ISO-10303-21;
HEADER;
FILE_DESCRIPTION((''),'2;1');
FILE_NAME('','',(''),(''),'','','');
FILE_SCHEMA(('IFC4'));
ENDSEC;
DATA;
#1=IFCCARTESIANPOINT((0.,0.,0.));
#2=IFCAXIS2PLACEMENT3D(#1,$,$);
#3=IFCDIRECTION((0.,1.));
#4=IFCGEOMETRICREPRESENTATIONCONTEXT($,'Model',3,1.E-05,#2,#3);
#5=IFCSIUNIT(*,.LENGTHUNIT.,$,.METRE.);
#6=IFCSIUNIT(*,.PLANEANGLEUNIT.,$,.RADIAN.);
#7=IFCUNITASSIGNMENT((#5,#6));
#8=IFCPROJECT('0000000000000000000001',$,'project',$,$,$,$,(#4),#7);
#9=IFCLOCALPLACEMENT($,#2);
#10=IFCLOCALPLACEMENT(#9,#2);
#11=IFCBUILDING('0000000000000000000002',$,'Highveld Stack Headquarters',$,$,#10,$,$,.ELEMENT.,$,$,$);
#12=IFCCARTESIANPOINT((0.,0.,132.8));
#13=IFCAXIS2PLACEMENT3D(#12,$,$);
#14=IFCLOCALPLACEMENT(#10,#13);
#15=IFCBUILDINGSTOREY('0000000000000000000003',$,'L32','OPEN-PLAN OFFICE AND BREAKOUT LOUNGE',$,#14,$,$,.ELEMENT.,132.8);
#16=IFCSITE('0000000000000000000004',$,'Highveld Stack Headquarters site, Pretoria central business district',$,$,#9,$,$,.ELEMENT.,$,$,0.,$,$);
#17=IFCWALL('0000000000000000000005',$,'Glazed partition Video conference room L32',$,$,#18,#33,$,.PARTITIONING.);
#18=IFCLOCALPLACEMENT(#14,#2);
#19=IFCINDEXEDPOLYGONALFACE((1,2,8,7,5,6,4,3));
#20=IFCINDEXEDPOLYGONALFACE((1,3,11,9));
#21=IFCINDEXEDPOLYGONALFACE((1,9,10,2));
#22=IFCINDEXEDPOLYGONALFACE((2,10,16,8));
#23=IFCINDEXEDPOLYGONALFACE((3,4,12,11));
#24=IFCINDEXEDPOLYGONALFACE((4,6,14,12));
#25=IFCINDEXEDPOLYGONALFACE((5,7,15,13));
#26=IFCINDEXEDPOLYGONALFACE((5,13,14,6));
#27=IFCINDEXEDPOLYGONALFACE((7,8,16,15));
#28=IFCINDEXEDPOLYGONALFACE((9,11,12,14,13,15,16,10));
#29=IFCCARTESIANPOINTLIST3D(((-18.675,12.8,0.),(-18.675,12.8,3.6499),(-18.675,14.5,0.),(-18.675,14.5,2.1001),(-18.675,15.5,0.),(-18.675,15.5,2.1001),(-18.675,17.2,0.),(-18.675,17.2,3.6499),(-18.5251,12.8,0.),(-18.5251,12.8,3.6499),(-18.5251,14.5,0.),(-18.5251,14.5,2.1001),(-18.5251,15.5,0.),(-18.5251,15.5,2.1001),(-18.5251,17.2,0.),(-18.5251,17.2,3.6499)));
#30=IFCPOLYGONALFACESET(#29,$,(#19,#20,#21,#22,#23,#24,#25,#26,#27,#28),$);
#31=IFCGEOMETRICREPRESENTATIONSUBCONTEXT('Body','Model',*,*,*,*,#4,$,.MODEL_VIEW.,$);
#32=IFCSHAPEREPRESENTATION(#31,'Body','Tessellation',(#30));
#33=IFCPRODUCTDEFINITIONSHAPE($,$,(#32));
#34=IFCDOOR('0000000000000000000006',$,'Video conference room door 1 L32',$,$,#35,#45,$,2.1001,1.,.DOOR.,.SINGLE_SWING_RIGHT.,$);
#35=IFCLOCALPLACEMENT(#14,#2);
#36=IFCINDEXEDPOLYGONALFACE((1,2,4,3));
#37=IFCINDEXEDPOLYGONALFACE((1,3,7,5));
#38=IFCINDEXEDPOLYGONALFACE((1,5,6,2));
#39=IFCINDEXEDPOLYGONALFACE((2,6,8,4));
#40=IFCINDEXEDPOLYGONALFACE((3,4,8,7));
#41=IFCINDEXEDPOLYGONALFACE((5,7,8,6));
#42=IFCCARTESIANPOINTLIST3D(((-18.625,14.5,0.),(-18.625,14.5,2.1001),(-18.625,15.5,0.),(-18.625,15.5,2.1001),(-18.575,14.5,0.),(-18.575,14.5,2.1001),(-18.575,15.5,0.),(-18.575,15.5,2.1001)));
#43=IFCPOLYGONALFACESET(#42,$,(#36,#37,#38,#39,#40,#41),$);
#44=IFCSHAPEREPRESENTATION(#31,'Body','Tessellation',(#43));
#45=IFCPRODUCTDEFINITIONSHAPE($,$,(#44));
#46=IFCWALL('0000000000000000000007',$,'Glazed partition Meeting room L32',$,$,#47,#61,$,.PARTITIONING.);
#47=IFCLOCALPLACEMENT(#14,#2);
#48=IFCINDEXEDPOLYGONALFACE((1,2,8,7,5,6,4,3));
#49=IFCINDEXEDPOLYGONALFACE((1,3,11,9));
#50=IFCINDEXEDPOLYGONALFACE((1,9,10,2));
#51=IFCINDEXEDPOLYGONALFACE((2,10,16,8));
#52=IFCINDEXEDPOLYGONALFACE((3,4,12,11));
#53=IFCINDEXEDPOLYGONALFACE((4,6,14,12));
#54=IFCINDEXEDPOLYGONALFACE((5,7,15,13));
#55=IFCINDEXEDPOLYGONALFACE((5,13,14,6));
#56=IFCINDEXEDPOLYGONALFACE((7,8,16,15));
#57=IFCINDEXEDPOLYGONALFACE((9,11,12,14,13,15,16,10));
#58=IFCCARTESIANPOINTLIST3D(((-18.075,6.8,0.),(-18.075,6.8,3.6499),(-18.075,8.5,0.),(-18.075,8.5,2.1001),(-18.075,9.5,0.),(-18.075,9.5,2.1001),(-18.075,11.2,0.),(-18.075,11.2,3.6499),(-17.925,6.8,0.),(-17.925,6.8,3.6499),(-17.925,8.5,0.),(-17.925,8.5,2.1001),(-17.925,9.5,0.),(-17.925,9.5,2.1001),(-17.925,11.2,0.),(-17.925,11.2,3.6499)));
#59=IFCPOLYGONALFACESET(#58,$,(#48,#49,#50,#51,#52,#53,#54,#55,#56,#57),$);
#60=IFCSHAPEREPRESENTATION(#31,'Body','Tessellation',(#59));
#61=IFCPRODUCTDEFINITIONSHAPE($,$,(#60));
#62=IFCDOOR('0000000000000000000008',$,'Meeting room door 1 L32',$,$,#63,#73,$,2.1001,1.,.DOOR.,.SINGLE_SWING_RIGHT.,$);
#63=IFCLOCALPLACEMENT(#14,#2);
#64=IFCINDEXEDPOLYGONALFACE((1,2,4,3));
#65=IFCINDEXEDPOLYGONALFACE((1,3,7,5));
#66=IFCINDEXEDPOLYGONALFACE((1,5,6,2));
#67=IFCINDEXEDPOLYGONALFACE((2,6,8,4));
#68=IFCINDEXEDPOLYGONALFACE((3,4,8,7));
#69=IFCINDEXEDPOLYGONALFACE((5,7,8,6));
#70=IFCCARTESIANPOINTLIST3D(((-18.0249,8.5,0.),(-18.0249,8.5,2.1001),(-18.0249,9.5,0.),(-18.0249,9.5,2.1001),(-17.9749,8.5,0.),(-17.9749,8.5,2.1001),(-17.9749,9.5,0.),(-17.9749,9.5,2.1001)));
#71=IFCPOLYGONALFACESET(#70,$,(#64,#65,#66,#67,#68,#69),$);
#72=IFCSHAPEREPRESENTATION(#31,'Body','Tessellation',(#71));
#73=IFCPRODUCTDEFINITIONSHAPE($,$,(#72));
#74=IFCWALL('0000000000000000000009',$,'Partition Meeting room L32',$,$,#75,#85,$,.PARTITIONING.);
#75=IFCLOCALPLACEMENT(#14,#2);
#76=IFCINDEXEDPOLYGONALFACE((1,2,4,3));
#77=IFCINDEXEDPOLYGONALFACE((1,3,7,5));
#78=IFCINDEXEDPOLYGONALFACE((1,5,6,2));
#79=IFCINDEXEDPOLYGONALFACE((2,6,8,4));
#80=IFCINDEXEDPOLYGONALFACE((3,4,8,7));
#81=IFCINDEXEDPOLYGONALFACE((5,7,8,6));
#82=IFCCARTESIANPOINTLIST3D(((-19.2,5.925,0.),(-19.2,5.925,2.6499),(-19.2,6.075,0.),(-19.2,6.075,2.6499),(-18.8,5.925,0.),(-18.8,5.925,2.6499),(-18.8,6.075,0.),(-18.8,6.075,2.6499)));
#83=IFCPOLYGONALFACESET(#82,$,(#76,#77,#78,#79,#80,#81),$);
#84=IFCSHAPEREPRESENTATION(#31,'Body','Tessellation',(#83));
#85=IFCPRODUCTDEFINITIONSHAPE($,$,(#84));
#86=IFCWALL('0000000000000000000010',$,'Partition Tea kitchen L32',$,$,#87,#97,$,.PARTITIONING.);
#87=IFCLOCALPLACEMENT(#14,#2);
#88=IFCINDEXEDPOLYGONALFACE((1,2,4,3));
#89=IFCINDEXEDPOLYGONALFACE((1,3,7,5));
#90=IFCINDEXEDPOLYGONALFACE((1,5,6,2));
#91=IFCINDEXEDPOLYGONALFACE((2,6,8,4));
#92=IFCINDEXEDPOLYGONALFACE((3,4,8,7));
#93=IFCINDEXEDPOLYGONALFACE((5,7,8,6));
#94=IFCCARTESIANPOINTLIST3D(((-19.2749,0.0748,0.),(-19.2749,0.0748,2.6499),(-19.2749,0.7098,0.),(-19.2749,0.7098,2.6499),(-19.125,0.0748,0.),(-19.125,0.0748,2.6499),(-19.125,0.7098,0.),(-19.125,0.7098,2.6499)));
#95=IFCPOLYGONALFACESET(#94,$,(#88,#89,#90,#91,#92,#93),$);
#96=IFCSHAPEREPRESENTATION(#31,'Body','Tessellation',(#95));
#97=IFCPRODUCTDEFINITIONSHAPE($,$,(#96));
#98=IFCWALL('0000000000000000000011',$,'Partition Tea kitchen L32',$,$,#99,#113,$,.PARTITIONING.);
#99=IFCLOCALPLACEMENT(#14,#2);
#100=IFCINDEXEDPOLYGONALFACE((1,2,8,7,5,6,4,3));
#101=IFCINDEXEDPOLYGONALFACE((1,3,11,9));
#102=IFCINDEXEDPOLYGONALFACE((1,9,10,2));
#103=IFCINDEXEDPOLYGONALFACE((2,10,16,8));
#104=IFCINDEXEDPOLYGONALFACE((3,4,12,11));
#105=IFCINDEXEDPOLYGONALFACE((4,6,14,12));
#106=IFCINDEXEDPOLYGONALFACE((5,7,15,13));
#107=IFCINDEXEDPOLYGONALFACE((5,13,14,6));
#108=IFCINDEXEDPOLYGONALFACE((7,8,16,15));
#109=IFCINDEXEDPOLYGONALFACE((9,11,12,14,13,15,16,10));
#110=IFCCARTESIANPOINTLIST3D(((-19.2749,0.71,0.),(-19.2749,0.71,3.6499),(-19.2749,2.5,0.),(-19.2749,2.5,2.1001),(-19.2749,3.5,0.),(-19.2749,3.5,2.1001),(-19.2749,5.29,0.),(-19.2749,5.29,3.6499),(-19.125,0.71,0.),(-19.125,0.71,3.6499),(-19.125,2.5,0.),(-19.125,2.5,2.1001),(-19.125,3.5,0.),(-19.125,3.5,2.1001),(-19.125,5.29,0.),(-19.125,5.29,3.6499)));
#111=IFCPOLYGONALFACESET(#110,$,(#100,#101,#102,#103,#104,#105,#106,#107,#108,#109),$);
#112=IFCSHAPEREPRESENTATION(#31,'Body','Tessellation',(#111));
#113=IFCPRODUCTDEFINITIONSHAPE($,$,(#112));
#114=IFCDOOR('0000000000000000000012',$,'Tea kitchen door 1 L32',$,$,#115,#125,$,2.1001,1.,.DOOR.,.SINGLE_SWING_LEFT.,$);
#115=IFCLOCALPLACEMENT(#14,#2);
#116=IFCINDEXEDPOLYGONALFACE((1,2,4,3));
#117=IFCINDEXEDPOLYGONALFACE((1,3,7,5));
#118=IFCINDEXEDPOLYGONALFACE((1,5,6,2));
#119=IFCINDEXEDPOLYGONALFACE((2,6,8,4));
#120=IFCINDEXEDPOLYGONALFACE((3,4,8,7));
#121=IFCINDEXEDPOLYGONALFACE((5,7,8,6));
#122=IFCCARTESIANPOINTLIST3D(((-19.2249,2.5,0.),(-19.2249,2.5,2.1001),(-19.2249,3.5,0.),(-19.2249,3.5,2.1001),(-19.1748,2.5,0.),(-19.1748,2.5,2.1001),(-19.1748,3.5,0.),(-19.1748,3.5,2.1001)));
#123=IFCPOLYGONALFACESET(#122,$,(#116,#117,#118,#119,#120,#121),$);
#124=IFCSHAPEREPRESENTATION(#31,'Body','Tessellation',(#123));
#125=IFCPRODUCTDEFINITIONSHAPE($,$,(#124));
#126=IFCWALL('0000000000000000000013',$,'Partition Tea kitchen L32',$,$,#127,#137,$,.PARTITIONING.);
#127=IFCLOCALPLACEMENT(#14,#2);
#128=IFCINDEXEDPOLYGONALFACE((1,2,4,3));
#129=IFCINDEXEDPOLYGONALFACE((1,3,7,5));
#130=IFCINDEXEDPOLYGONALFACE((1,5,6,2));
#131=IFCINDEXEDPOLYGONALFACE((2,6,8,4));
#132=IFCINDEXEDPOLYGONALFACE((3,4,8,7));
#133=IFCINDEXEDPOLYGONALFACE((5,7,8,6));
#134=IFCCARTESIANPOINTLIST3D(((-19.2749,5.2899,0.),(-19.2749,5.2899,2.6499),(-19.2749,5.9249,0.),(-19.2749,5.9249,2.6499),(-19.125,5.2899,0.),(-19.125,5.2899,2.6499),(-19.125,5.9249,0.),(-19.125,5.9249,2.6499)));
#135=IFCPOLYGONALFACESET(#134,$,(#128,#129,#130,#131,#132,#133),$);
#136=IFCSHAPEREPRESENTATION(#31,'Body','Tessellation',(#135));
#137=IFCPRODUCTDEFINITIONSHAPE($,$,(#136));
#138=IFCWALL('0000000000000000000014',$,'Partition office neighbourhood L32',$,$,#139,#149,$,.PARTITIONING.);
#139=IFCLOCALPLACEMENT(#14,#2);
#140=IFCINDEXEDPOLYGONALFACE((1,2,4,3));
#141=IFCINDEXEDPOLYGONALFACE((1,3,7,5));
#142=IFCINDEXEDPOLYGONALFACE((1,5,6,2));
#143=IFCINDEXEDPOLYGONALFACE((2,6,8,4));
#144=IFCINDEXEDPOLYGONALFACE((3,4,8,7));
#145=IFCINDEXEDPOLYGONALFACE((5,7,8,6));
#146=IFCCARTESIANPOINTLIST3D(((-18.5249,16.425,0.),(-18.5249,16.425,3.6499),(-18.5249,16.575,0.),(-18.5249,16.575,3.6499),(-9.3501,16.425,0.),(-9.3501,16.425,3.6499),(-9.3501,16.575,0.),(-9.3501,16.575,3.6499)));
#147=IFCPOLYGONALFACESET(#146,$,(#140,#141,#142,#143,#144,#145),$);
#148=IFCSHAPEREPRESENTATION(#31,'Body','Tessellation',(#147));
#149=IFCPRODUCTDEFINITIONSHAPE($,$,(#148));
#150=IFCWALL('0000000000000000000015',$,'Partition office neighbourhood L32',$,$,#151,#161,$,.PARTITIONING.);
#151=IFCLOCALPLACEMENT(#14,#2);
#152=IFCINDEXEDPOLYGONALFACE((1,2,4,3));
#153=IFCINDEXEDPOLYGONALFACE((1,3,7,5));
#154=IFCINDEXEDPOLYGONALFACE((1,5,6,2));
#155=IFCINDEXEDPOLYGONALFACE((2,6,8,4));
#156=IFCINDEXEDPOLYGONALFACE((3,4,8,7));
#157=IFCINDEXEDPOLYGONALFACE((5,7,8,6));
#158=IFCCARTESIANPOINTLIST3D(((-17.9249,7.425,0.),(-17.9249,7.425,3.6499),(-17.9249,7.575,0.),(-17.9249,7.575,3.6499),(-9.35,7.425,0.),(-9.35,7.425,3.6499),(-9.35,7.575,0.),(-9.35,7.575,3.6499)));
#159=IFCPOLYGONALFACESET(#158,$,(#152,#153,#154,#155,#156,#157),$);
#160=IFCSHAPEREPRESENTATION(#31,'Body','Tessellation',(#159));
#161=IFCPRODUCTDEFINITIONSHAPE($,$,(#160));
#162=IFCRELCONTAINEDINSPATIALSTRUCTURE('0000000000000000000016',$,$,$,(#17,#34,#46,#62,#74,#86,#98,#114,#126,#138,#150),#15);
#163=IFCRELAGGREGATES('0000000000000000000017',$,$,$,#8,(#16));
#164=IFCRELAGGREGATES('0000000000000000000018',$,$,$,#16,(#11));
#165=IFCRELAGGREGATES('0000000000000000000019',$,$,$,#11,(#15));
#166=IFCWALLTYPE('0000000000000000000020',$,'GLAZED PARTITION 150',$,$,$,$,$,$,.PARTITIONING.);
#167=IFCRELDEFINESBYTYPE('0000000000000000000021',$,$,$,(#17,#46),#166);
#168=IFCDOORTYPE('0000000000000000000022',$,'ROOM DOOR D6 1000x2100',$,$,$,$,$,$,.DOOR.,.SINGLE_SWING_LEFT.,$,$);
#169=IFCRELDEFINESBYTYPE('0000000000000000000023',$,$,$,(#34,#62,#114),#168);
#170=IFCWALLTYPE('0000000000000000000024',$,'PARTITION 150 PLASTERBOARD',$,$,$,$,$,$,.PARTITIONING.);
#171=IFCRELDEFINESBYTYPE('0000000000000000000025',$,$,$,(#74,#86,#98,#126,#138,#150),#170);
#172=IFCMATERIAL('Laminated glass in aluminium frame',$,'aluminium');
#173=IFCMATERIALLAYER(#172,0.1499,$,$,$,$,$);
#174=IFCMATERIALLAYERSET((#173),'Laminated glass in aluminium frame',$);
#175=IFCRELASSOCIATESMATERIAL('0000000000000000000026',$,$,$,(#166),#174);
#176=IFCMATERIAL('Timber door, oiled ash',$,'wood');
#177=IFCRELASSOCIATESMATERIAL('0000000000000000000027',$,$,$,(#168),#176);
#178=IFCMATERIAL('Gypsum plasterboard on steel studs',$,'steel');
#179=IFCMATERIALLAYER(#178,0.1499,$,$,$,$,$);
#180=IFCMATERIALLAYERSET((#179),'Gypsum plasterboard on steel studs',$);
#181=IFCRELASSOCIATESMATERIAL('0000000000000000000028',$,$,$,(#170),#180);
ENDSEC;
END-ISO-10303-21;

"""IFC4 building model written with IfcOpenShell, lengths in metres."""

from ifc_helpers import new_model, si_unit, direction, frame, frame_2d, origin, place, context, subcontext, project, spatial, rectangle, extrude, material, layer, layer_set, type_object, element, fill, save


model = new_model("IFC4")

# Units and contexts
model_context = context("Model", 3, precision=1e-05, world=origin(), true_north=direction((0.0, 1.0)))
body_context = subcontext(model_context, "Body", "Model", "MODEL_VIEW")
ifc_project = project(units=[si_unit("LENGTHUNIT", "METRE"), si_unit("PLANEANGLEUNIT", "RADIAN")], contexts=[model_context])

# Site, building, storey
site_placement = place(None, origin())
site = spatial("IfcSite", under=ifc_project, at=site_placement, Name="Highveld Stack Headquarters site, Pretoria central business district", CompositionType="ELEMENT", RefElevation=0.0)
building_placement = place(site_placement, origin())
building = spatial("IfcBuilding", under=site, at=building_placement, Name="Highveld Stack Headquarters", CompositionType="ELEMENT")
storey_placement = place(building_placement, frame((0.0, 0.0, 132.8)))
storey = spatial("IfcBuildingStorey", under=building, at=storey_placement, Name="L32", Description="OPEN-PLAN OFFICE AND BREAKOUT LOUNGE", CompositionType="ELEMENT", Elevation=132.8)

# Walls, openings, doors
ifc_material_1 = material(Name="Laminated glass in aluminium frame", Category="aluminium")
ifc_layer_1 = layer(ifc_material_1, 0.1499)
ifc_layer_set_1 = layer_set([ifc_layer_1], Name="Laminated glass in aluminium frame")
wall_type_1 = type_object("IfcWallType", Name="GLAZED PARTITION 150", PredefinedType="PARTITIONING", material=ifc_layer_set_1)
wall_1_placement = place(storey_placement, frame((-18.6001, 12.8, 0.0), z_axis=(0.0, 0.0, 1.0), x_axis=(0.0, 1.0, 0.0)))
wall_1 = element("IfcWall", 1, at=wall_1_placement, inside=storey, type_object=wall_type_1, Name="Glazed partition Video conference room L32", PredefinedType="PARTITIONING", context=body_context, shape_type="SweptSolid", body=[
    extrude(rectangle(XDim=4.3999, YDim=0.1499, at=frame_2d((2.2, 0.0))), origin(), (0.0, 0.0, 1.0), 3.6499),
])
opening_1_placement = place(wall_1_placement, frame((1.7, 0.0, 0.0)))
opening_1 = element("IfcOpeningElement", 2, at=opening_1_placement, cuts=wall_1, PredefinedType="OPENING", context=body_context, shape_type="SweptSolid", body=[
    extrude(rectangle(XDim=1.0, YDim=2.1001, at=frame_2d((0.5, 1.05))), frame((0.0, 0.085, 0.0), z_axis=(0.0, -1.0, 0.0), x_axis=(1.0, 0.0, 0.0)), (0.0, 0.0, 1.0), 0.1699),
])
ifc_material_2 = material(Name="Timber door, oiled ash", Category="wood")
door_type_1 = type_object("IfcDoorType", Name="ROOM DOOR D6 1000x2100", OperationType="SINGLE_SWING_LEFT", PredefinedType="DOOR", material=ifc_material_2)
door_1_placement = place(opening_1_placement, origin())
door_1 = element("IfcDoor", 3, at=door_1_placement, inside=storey, type_object=door_type_1, Name="Video conference room door 1 L32", OperationType="SINGLE_SWING_RIGHT", OverallHeight=2.1001, OverallWidth=1.0, PredefinedType="DOOR", context=body_context, shape_type="SweptSolid", body=[
    extrude(rectangle(XDim=1.0, YDim=2.1001, at=frame_2d((0.5, 1.05))), frame((0.0, 0.0249, 0.0), z_axis=(0.0, -1.0, 0.0), x_axis=(1.0, 0.0, 0.0)), (0.0, 0.0, 1.0), 0.05),
])
fill(opening_1, door_1)
wall_2_placement = place(storey_placement, frame((-18.0, 6.8, 0.0), z_axis=(0.0, 0.0, 1.0), x_axis=(0.0, 1.0, 0.0)))
wall_2 = element("IfcWall", 4, at=wall_2_placement, inside=storey, type_object=wall_type_1, Name="Glazed partition Meeting room L32", PredefinedType="PARTITIONING", context=body_context, shape_type="SweptSolid", body=[
    extrude(rectangle(XDim=4.3999, YDim=0.1499, at=frame_2d((2.2, 0.0))), origin(), (0.0, 0.0, 1.0), 3.6499),
])
opening_2_placement = place(wall_2_placement, frame((1.7, 0.0, 0.0)))
opening_2 = element("IfcOpeningElement", 5, at=opening_2_placement, cuts=wall_2, PredefinedType="OPENING", context=body_context, shape_type="SweptSolid", body=[
    extrude(rectangle(XDim=1.0, YDim=2.1001, at=frame_2d((0.5, 1.05))), frame((0.0, 0.085, 0.0), z_axis=(0.0, -1.0, 0.0), x_axis=(1.0, 0.0, 0.0)), (0.0, 0.0, 1.0), 0.1699),
])
door_2_placement = place(opening_2_placement, origin())
door_2 = element("IfcDoor", 6, at=door_2_placement, inside=storey, type_object=door_type_1, Name="Meeting room door 1 L32", OperationType="SINGLE_SWING_RIGHT", OverallHeight=2.1001, OverallWidth=1.0, PredefinedType="DOOR", context=body_context, shape_type="SweptSolid", body=[
    extrude(rectangle(XDim=1.0, YDim=2.1001, at=frame_2d((0.5, 1.05))), frame((0.0, 0.0249, 0.0), z_axis=(0.0, -1.0, 0.0), x_axis=(1.0, 0.0, 0.0)), (0.0, 0.0, 1.0), 0.05),
])
fill(opening_2, door_2)

# Walls
ifc_material_3 = material(Name="Gypsum plasterboard on steel studs", Category="steel")
ifc_layer_2 = layer(ifc_material_3, 0.1499)
ifc_layer_set_2 = layer_set([ifc_layer_2], Name="Gypsum plasterboard on steel studs")
wall_type_2 = type_object("IfcWallType", Name="PARTITION 150 PLASTERBOARD", PredefinedType="PARTITIONING", material=ifc_layer_set_2)
wall_3_placement = place(storey_placement, frame((-19.2, 6.0, 0.0), z_axis=(0.0, 0.0, 1.0), x_axis=(1.0, 0.0, 0.0)))
element("IfcWall", 7, at=wall_3_placement, inside=storey, type_object=wall_type_2, Name="Partition Meeting room L32", PredefinedType="PARTITIONING", context=body_context, shape_type="SweptSolid", body=[
    extrude(rectangle(XDim=0.3999, YDim=0.1499, at=frame_2d((0.2, 0.0))), origin(), (0.0, 0.0, 1.0), 2.6499),
])
wall_4_placement = place(storey_placement, frame((-19.2, 0.075, 0.0), z_axis=(0.0, 0.0, 1.0), x_axis=(0.0, 1.0, 0.0)))
element("IfcWall", 8, at=wall_4_placement, inside=storey, type_object=wall_type_2, Name="Partition Tea kitchen L32", PredefinedType="PARTITIONING", context=body_context, shape_type="SweptSolid", body=[
    extrude(rectangle(XDim=0.635, YDim=0.1499, at=frame_2d((0.3174, 0.0))), origin(), (0.0, 0.0, 1.0), 2.6499),
])

# Wall, opening, door
wall_5_placement = place(storey_placement, frame((-19.2, 0.71, 0.0), z_axis=(0.0, 0.0, 1.0), x_axis=(0.0, 1.0, 0.0)))
wall_5 = element("IfcWall", 9, at=wall_5_placement, inside=storey, type_object=wall_type_2, Name="Partition Tea kitchen L32", PredefinedType="PARTITIONING", context=body_context, shape_type="SweptSolid", body=[
    extrude(rectangle(XDim=4.5801, YDim=0.1499, at=frame_2d((2.29, 0.0))), origin(), (0.0, 0.0, 1.0), 3.6499),
])
opening_3_placement = place(wall_5_placement, frame((1.79, 0.0, 0.0)))
opening_3 = element("IfcOpeningElement", 10, at=opening_3_placement, cuts=wall_5, PredefinedType="OPENING", context=body_context, shape_type="SweptSolid", body=[
    extrude(rectangle(XDim=1.0, YDim=2.1001, at=frame_2d((0.5, 1.05))), frame((0.0, 0.085, 0.0), z_axis=(0.0, -1.0, 0.0), x_axis=(1.0, 0.0, 0.0)), (0.0, 0.0, 1.0), 0.1699),
])
door_3_placement = place(opening_3_placement, origin())
door_3 = element("IfcDoor", 11, at=door_3_placement, inside=storey, type_object=door_type_1, Name="Tea kitchen door 1 L32", OperationType="SINGLE_SWING_LEFT", OverallHeight=2.1001, OverallWidth=1.0, PredefinedType="DOOR", context=body_context, shape_type="SweptSolid", body=[
    extrude(rectangle(XDim=1.0, YDim=2.1001, at=frame_2d((0.5, 1.05))), frame((0.0, 0.0249, 0.0), z_axis=(0.0, -1.0, 0.0), x_axis=(1.0, 0.0, 0.0)), (0.0, 0.0, 1.0), 0.05),
])
fill(opening_3, door_3)

# Walls
wall_6_placement = place(storey_placement, frame((-19.2, 5.29, 0.0), z_axis=(0.0, 0.0, 1.0), x_axis=(0.0, 1.0, 0.0)))
element("IfcWall", 12, at=wall_6_placement, inside=storey, type_object=wall_type_2, Name="Partition Tea kitchen L32", PredefinedType="PARTITIONING", context=body_context, shape_type="SweptSolid", body=[
    extrude(rectangle(XDim=0.635, YDim=0.1499, at=frame_2d((0.3174, 0.0))), origin(), (0.0, 0.0, 1.0), 2.6499),
])
wall_7_placement = place(storey_placement, frame((-18.5249, 16.5, 0.0), z_axis=(0.0, 0.0, 1.0), x_axis=(1.0, 0.0, 0.0)))
element("IfcWall", 13, at=wall_7_placement, inside=storey, type_object=wall_type_2, Name="Partition office neighbourhood L32", PredefinedType="PARTITIONING", context=body_context, shape_type="SweptSolid", body=[
    extrude(rectangle(XDim=9.1748, YDim=0.1499, at=frame_2d((4.5874, 0.0))), origin(), (0.0, 0.0, 1.0), 3.6499),
])
wall_8_placement = place(storey_placement, frame((-17.925, 7.5, 0.0), z_axis=(0.0, 0.0, 1.0), x_axis=(1.0, 0.0, 0.0)))
element("IfcWall", 14, at=wall_8_placement, inside=storey, type_object=wall_type_2, Name="Partition office neighbourhood L32", PredefinedType="PARTITIONING", context=body_context, shape_type="SweptSolid", body=[
    extrude(rectangle(XDim=8.575, YDim=0.1499, at=frame_2d((4.2876, 0.0))), origin(), (0.0, 0.0, 1.0), 3.6499),
])

save(model, "model.ifc")
